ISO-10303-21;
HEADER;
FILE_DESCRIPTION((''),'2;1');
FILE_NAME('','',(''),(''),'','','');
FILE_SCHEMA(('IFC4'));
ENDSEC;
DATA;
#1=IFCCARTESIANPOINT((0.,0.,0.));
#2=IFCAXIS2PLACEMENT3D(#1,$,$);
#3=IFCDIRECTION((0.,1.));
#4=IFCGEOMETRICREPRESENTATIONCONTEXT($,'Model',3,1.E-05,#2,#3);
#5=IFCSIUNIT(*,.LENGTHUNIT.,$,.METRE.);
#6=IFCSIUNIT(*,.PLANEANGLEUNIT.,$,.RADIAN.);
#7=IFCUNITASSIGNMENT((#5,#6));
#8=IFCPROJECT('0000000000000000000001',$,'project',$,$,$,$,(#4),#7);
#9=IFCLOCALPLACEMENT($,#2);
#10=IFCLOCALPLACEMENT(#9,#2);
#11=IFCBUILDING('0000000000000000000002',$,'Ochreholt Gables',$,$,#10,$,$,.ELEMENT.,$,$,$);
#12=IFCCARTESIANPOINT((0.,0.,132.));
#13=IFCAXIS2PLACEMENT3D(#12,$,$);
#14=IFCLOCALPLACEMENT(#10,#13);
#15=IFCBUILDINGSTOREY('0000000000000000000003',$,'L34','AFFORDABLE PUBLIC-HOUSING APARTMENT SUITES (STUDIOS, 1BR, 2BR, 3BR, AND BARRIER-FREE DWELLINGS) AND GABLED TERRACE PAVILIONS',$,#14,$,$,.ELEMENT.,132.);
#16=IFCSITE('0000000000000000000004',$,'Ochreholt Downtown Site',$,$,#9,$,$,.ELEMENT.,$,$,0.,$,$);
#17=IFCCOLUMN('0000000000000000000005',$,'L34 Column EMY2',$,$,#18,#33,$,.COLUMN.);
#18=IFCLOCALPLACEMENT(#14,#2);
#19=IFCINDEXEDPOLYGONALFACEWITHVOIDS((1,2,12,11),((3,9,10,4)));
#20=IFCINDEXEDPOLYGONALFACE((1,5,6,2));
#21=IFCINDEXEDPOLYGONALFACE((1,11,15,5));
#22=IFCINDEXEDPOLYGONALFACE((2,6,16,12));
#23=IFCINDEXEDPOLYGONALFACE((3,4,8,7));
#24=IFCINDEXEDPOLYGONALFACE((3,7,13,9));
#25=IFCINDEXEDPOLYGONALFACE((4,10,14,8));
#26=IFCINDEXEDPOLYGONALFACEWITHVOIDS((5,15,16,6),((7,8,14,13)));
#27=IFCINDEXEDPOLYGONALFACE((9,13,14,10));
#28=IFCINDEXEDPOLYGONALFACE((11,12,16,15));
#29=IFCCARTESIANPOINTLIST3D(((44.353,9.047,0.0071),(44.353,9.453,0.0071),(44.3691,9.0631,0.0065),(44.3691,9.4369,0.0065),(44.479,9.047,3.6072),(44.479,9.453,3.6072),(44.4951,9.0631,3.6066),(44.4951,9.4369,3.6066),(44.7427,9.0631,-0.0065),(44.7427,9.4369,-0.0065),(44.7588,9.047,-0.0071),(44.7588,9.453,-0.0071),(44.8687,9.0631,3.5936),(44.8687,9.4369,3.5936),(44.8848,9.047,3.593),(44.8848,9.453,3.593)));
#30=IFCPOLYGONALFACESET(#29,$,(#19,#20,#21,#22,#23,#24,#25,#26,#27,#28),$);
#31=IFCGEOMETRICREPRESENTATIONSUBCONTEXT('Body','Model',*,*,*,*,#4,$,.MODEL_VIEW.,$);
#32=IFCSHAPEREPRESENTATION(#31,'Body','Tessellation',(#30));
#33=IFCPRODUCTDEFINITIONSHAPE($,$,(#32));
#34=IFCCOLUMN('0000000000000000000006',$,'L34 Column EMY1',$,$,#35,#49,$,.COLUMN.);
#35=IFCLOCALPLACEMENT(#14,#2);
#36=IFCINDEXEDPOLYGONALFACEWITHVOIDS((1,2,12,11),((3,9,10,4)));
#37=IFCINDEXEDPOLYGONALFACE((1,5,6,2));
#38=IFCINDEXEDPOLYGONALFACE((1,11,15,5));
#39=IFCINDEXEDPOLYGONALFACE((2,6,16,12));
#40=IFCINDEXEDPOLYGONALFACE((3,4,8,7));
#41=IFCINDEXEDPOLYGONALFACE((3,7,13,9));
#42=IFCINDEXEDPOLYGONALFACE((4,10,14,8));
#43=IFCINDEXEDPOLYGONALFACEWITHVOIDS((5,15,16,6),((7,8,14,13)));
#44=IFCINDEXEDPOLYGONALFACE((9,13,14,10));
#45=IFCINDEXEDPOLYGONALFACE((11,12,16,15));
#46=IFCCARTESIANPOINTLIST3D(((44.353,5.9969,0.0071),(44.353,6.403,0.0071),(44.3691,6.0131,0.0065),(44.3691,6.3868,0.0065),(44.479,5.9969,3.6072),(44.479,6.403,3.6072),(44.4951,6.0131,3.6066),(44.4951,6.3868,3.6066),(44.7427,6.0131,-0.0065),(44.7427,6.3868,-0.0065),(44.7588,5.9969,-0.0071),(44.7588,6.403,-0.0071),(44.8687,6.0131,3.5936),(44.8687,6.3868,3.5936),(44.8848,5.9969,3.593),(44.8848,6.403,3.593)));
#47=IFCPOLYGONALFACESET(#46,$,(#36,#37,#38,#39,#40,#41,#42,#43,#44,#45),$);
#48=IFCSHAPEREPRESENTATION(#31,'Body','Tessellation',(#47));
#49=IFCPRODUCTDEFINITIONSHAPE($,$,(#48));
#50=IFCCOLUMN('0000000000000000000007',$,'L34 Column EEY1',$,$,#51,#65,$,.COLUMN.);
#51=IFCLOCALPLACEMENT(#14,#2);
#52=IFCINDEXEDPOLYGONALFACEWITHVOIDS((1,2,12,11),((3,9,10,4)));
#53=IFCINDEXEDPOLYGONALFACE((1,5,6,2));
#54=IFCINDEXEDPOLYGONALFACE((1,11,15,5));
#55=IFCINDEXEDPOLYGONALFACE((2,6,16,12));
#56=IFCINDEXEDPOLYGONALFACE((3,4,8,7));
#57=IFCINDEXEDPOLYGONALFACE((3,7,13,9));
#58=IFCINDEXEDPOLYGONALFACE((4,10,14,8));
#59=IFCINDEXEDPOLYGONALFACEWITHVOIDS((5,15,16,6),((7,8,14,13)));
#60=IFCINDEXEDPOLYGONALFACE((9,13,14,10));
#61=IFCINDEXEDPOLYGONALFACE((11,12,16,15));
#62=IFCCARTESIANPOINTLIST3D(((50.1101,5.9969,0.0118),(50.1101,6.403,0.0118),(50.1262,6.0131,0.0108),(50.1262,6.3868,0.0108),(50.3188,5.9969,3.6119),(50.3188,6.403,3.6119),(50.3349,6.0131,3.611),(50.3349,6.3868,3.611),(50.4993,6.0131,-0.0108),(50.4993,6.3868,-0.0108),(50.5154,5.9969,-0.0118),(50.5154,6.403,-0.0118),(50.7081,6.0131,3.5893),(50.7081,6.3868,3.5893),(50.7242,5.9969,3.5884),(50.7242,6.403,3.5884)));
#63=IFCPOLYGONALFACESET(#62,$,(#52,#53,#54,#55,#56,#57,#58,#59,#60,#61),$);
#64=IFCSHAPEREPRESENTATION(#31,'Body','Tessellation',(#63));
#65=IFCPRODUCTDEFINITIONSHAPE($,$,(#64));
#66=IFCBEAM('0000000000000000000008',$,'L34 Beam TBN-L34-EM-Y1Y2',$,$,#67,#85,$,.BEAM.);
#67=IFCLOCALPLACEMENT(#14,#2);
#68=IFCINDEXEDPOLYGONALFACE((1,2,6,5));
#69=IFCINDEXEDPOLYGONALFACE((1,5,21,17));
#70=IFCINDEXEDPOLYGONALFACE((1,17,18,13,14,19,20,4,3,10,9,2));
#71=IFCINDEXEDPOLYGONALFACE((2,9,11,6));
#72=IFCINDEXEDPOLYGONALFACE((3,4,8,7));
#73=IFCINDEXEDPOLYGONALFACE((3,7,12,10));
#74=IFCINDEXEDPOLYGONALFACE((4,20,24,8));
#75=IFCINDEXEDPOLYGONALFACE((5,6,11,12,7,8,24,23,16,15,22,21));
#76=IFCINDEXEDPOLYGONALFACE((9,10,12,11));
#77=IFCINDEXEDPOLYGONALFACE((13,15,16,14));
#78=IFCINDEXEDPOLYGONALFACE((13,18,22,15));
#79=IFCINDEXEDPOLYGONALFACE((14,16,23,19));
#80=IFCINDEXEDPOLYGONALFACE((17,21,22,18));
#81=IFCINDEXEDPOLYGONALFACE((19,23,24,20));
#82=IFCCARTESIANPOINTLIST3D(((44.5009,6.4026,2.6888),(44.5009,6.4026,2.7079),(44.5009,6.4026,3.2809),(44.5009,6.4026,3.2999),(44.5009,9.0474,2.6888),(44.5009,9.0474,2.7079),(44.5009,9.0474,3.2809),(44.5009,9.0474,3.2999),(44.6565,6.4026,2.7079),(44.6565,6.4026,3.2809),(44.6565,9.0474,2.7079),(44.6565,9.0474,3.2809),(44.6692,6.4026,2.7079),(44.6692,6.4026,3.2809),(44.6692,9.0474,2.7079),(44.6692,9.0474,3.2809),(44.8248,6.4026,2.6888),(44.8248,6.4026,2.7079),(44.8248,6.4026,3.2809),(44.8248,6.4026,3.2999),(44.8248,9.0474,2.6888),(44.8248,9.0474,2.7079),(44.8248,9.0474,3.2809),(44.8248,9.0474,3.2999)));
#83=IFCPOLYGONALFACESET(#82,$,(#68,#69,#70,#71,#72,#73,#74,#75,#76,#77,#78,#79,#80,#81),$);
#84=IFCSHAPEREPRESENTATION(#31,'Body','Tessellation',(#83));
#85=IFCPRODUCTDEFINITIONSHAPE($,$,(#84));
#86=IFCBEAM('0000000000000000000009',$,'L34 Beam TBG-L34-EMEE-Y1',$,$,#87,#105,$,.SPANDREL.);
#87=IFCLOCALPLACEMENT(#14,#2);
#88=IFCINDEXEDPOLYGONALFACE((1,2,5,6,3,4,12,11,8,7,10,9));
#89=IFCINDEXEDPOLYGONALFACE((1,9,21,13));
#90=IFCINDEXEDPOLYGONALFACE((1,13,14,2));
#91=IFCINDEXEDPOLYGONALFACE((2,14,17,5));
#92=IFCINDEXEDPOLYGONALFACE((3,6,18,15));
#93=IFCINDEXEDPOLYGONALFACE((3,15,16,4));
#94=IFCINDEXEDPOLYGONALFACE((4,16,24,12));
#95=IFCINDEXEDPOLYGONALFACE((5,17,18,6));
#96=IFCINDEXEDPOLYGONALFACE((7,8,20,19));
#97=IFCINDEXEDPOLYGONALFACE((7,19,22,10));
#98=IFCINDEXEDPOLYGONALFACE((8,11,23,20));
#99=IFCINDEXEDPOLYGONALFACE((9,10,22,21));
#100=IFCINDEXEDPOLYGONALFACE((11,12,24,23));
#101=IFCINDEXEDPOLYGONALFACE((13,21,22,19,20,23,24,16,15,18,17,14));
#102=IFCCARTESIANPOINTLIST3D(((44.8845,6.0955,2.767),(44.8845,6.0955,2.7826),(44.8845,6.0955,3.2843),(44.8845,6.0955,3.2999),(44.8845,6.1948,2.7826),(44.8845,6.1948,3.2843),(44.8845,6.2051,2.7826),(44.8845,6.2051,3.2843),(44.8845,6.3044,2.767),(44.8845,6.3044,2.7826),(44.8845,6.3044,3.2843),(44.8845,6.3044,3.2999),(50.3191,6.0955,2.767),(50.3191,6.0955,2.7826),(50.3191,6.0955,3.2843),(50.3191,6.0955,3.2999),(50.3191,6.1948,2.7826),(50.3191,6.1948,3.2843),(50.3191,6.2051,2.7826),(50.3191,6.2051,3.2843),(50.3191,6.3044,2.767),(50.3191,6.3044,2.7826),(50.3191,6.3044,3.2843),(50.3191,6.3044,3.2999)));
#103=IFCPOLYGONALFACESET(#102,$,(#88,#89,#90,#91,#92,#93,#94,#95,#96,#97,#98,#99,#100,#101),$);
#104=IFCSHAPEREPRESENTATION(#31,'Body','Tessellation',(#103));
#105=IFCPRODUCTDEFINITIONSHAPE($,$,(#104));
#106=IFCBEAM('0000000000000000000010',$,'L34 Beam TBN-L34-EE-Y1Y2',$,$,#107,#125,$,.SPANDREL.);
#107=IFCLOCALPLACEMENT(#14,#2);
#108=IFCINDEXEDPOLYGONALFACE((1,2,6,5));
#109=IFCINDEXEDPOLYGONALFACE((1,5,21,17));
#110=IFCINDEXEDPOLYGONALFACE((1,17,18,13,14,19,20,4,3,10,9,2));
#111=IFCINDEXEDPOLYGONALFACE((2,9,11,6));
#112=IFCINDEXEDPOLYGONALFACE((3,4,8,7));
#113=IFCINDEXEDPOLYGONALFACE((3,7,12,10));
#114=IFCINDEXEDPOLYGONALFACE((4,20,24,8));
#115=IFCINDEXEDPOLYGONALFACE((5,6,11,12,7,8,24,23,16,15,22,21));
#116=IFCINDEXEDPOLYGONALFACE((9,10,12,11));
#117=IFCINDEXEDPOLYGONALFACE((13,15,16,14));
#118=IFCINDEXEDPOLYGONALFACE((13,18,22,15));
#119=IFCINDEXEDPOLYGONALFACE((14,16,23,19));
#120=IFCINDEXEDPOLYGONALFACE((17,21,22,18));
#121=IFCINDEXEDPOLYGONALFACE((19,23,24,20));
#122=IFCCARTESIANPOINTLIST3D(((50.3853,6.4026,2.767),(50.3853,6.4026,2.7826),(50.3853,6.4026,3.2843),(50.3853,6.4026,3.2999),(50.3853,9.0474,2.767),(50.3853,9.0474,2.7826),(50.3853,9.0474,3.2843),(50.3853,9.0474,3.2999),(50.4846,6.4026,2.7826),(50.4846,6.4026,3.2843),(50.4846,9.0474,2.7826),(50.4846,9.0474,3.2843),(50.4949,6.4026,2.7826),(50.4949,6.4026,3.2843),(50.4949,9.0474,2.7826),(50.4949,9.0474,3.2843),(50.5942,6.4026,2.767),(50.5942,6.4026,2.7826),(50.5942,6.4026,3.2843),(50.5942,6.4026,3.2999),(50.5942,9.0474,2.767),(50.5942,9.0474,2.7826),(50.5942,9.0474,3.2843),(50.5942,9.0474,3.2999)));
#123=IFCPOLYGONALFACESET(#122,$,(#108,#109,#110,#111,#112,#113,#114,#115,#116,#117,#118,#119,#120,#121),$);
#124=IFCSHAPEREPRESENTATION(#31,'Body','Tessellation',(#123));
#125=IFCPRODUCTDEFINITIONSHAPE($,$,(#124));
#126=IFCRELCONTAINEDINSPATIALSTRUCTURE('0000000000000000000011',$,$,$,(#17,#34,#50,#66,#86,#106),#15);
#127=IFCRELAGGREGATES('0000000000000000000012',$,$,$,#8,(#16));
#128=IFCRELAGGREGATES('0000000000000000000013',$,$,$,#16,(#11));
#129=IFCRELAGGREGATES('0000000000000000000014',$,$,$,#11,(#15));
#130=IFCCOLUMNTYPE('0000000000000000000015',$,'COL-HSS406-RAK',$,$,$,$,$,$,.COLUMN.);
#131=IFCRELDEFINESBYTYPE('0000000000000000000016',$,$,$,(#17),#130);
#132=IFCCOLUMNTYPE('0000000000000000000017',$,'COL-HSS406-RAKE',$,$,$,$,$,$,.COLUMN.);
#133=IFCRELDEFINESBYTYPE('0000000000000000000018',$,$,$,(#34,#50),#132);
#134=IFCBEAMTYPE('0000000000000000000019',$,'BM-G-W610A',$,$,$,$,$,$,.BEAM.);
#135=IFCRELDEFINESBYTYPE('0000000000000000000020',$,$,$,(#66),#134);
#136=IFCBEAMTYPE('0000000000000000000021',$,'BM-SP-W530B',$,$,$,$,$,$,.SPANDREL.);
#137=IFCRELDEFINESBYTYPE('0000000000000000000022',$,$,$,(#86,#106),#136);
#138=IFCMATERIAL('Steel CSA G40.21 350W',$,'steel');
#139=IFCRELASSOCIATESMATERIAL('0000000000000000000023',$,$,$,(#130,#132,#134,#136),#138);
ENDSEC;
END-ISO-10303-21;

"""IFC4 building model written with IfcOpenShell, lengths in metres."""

from ifc_helpers import new_model, si_unit, direction, frame, origin, origin_2d, place, context, subcontext, project, spatial, hollow_rectangle, i_section, extrude, material, material_profile, profile_set, type_object, element, save


model = new_model("IFC4")

# Units and contexts
model_context = context("Model", 3, precision=1e-05, world=origin(), true_north=direction((0.0, 1.0)))
body_context = subcontext(model_context, "Body", "Model", "MODEL_VIEW")
ifc_project = project(units=[si_unit("LENGTHUNIT", "METRE"), si_unit("PLANEANGLEUNIT", "RADIAN")], contexts=[model_context])

# Site, building, storey
site_placement = place(None, origin())
site = spatial("IfcSite", under=ifc_project, at=site_placement, Name="Ochreholt Downtown Site", CompositionType="ELEMENT", RefElevation=0.0)
building_placement = place(site_placement, origin())
building = spatial("IfcBuilding", under=site, at=building_placement, Name="Ochreholt Gables", CompositionType="ELEMENT")
storey_placement = place(building_placement, frame((0.0, 0.0, 132.0)))
storey = spatial("IfcBuildingStorey", under=building, at=storey_placement, Name="L34", Description="AFFORDABLE PUBLIC-HOUSING APARTMENT SUITES (STUDIOS, 1BR, 2BR, 3BR, AND BARRIER-FREE DWELLINGS) AND GABLED TERRACE PAVILIONS", CompositionType="ELEMENT", Elevation=132.0)

# Columns
ifc_material_1 = material(Name="Steel CSA G40.21 350W", Category="steel")
ifc_material_profile_1 = material_profile(ifc_material_1, hollow_rectangle(XDim=0.406, YDim=0.406, WallThickness=0.0161, at=origin_2d()), Name="HSS406X406X16")
ifc_profile_set_1 = profile_set([ifc_material_profile_1], Name="Steel CSA G40.21 350W")
column_type_1 = type_object("IfcColumnType", Name="COL-HSS406-RAK", PredefinedType="COLUMN", material=ifc_profile_set_1)
column_1_placement = place(storey_placement, frame((44.5559, 9.25, 0.0), z_axis=(0.034971, 0.0, 0.999388), x_axis=(0.0, 1.0, 0.0)))
element("IfcColumn", 1, at=column_1_placement, inside=storey, type_object=column_type_1, Name="L34 Column EMY2", PredefinedType="COLUMN", context=body_context, shape_type="SweptSolid", body=[
    extrude(hollow_rectangle(XDim=0.406, YDim=0.406, WallThickness=0.0161, at=origin_2d()), origin(), (0.0, 0.0, 1.0), 3.6023),
])
ifc_material_profile_2 = material_profile(ifc_material_1, hollow_rectangle(XDim=0.406, YDim=0.406, WallThickness=0.0161, at=origin_2d()), Name="HSS406X406X16")
ifc_profile_set_2 = profile_set([ifc_material_profile_2], Name="Steel CSA G40.21 350W")
column_type_2 = type_object("IfcColumnType", Name="COL-HSS406-RAKE", PredefinedType="COLUMN", material=ifc_profile_set_2)
column_2_placement = place(storey_placement, frame((44.5559, 6.2, 0.0), z_axis=(0.034971, 0.0, 0.999388), x_axis=(0.0, 1.0, 0.0)))
element("IfcColumn", 2, at=column_2_placement, inside=storey, type_object=column_type_2, Name="L34 Column EMY1", PredefinedType="COLUMN", context=body_context, shape_type="SweptSolid", body=[
    extrude(hollow_rectangle(XDim=0.406, YDim=0.406, WallThickness=0.0161, at=origin_2d()), origin(), (0.0, 0.0, 1.0), 3.6023),
])
column_3_placement = place(storey_placement, frame((50.3127, 6.2, 0.0), z_axis=(0.057885, 0.0, 0.998323), x_axis=(0.0, 1.0, 0.0)))
element("IfcColumn", 3, at=column_3_placement, inside=storey, type_object=column_type_2, Name="L34 Column EEY1", PredefinedType="COLUMN", context=body_context, shape_type="SweptSolid", body=[
    extrude(hollow_rectangle(XDim=0.406, YDim=0.406, WallThickness=0.0161, at=origin_2d()), origin(), (0.0, 0.0, 1.0), 3.6062),
])

# Beams
ifc_material_profile_3 = material_profile(ifc_material_1, i_section(OverallWidth=0.324, OverallDepth=0.6111, WebThickness=0.0127, FlangeThickness=0.019, at=origin_2d()), Name="W610X155")
ifc_profile_set_3 = profile_set([ifc_material_profile_3], Name="Steel CSA G40.21 350W")
beam_type_1 = type_object("IfcBeamType", Name="BM-G-W610A", PredefinedType="BEAM", material=ifc_profile_set_3)
beam_1_placement = place(storey_placement, frame((44.6628, 6.4026, 2.9944), z_axis=(0.0, 1.0, 0.0), x_axis=(-1.0, 0.0, 0.0)))
element("IfcBeam", 4, at=beam_1_placement, inside=storey, type_object=beam_type_1, Name="L34 Beam TBN-L34-EM-Y1Y2", PredefinedType="BEAM", context=body_context, shape_type="SweptSolid", body=[
    extrude(i_section(OverallWidth=0.324, OverallDepth=0.6111, WebThickness=0.0127, FlangeThickness=0.019, at=origin_2d()), origin(), (0.0, 0.0, 1.0), 2.6448),
])
ifc_material_profile_4 = material_profile(ifc_material_1, i_section(OverallWidth=0.209, OverallDepth=0.533, WebThickness=0.0103, FlangeThickness=0.0156, at=origin_2d()), Name="W530X92")
ifc_profile_set_4 = profile_set([ifc_material_profile_4], Name="Steel CSA G40.21 350W")
beam_type_2 = type_object("IfcBeamType", Name="BM-SP-W530B", PredefinedType="SPANDREL", material=ifc_profile_set_4)
beam_2_placement = place(storey_placement, frame((44.8845, 6.2, 3.0334), z_axis=(1.0, 0.0, 0.0), x_axis=(0.0, 1.0, 0.0)))
element("IfcBeam", 5, at=beam_2_placement, inside=storey, type_object=beam_type_2, Name="L34 Beam TBG-L34-EMEE-Y1", PredefinedType="SPANDREL", context=body_context, shape_type="SweptSolid", body=[
    extrude(i_section(OverallWidth=0.209, OverallDepth=0.533, WebThickness=0.0103, FlangeThickness=0.0156, at=origin_2d()), origin(), (0.0, 0.0, 1.0), 5.4346),
])
beam_3_placement = place(storey_placement, frame((50.4897, 6.4026, 3.0334), z_axis=(0.0, 1.0, 0.0), x_axis=(-1.0, 0.0, 0.0)))
element("IfcBeam", 6, at=beam_3_placement, inside=storey, type_object=beam_type_2, Name="L34 Beam TBN-L34-EE-Y1Y2", PredefinedType="SPANDREL", context=body_context, shape_type="SweptSolid", body=[
    extrude(i_section(OverallWidth=0.209, OverallDepth=0.533, WebThickness=0.0103, FlangeThickness=0.0156, at=origin_2d()), origin(), (0.0, 0.0, 1.0), 2.6448),
])

save(model, "model.ifc")
